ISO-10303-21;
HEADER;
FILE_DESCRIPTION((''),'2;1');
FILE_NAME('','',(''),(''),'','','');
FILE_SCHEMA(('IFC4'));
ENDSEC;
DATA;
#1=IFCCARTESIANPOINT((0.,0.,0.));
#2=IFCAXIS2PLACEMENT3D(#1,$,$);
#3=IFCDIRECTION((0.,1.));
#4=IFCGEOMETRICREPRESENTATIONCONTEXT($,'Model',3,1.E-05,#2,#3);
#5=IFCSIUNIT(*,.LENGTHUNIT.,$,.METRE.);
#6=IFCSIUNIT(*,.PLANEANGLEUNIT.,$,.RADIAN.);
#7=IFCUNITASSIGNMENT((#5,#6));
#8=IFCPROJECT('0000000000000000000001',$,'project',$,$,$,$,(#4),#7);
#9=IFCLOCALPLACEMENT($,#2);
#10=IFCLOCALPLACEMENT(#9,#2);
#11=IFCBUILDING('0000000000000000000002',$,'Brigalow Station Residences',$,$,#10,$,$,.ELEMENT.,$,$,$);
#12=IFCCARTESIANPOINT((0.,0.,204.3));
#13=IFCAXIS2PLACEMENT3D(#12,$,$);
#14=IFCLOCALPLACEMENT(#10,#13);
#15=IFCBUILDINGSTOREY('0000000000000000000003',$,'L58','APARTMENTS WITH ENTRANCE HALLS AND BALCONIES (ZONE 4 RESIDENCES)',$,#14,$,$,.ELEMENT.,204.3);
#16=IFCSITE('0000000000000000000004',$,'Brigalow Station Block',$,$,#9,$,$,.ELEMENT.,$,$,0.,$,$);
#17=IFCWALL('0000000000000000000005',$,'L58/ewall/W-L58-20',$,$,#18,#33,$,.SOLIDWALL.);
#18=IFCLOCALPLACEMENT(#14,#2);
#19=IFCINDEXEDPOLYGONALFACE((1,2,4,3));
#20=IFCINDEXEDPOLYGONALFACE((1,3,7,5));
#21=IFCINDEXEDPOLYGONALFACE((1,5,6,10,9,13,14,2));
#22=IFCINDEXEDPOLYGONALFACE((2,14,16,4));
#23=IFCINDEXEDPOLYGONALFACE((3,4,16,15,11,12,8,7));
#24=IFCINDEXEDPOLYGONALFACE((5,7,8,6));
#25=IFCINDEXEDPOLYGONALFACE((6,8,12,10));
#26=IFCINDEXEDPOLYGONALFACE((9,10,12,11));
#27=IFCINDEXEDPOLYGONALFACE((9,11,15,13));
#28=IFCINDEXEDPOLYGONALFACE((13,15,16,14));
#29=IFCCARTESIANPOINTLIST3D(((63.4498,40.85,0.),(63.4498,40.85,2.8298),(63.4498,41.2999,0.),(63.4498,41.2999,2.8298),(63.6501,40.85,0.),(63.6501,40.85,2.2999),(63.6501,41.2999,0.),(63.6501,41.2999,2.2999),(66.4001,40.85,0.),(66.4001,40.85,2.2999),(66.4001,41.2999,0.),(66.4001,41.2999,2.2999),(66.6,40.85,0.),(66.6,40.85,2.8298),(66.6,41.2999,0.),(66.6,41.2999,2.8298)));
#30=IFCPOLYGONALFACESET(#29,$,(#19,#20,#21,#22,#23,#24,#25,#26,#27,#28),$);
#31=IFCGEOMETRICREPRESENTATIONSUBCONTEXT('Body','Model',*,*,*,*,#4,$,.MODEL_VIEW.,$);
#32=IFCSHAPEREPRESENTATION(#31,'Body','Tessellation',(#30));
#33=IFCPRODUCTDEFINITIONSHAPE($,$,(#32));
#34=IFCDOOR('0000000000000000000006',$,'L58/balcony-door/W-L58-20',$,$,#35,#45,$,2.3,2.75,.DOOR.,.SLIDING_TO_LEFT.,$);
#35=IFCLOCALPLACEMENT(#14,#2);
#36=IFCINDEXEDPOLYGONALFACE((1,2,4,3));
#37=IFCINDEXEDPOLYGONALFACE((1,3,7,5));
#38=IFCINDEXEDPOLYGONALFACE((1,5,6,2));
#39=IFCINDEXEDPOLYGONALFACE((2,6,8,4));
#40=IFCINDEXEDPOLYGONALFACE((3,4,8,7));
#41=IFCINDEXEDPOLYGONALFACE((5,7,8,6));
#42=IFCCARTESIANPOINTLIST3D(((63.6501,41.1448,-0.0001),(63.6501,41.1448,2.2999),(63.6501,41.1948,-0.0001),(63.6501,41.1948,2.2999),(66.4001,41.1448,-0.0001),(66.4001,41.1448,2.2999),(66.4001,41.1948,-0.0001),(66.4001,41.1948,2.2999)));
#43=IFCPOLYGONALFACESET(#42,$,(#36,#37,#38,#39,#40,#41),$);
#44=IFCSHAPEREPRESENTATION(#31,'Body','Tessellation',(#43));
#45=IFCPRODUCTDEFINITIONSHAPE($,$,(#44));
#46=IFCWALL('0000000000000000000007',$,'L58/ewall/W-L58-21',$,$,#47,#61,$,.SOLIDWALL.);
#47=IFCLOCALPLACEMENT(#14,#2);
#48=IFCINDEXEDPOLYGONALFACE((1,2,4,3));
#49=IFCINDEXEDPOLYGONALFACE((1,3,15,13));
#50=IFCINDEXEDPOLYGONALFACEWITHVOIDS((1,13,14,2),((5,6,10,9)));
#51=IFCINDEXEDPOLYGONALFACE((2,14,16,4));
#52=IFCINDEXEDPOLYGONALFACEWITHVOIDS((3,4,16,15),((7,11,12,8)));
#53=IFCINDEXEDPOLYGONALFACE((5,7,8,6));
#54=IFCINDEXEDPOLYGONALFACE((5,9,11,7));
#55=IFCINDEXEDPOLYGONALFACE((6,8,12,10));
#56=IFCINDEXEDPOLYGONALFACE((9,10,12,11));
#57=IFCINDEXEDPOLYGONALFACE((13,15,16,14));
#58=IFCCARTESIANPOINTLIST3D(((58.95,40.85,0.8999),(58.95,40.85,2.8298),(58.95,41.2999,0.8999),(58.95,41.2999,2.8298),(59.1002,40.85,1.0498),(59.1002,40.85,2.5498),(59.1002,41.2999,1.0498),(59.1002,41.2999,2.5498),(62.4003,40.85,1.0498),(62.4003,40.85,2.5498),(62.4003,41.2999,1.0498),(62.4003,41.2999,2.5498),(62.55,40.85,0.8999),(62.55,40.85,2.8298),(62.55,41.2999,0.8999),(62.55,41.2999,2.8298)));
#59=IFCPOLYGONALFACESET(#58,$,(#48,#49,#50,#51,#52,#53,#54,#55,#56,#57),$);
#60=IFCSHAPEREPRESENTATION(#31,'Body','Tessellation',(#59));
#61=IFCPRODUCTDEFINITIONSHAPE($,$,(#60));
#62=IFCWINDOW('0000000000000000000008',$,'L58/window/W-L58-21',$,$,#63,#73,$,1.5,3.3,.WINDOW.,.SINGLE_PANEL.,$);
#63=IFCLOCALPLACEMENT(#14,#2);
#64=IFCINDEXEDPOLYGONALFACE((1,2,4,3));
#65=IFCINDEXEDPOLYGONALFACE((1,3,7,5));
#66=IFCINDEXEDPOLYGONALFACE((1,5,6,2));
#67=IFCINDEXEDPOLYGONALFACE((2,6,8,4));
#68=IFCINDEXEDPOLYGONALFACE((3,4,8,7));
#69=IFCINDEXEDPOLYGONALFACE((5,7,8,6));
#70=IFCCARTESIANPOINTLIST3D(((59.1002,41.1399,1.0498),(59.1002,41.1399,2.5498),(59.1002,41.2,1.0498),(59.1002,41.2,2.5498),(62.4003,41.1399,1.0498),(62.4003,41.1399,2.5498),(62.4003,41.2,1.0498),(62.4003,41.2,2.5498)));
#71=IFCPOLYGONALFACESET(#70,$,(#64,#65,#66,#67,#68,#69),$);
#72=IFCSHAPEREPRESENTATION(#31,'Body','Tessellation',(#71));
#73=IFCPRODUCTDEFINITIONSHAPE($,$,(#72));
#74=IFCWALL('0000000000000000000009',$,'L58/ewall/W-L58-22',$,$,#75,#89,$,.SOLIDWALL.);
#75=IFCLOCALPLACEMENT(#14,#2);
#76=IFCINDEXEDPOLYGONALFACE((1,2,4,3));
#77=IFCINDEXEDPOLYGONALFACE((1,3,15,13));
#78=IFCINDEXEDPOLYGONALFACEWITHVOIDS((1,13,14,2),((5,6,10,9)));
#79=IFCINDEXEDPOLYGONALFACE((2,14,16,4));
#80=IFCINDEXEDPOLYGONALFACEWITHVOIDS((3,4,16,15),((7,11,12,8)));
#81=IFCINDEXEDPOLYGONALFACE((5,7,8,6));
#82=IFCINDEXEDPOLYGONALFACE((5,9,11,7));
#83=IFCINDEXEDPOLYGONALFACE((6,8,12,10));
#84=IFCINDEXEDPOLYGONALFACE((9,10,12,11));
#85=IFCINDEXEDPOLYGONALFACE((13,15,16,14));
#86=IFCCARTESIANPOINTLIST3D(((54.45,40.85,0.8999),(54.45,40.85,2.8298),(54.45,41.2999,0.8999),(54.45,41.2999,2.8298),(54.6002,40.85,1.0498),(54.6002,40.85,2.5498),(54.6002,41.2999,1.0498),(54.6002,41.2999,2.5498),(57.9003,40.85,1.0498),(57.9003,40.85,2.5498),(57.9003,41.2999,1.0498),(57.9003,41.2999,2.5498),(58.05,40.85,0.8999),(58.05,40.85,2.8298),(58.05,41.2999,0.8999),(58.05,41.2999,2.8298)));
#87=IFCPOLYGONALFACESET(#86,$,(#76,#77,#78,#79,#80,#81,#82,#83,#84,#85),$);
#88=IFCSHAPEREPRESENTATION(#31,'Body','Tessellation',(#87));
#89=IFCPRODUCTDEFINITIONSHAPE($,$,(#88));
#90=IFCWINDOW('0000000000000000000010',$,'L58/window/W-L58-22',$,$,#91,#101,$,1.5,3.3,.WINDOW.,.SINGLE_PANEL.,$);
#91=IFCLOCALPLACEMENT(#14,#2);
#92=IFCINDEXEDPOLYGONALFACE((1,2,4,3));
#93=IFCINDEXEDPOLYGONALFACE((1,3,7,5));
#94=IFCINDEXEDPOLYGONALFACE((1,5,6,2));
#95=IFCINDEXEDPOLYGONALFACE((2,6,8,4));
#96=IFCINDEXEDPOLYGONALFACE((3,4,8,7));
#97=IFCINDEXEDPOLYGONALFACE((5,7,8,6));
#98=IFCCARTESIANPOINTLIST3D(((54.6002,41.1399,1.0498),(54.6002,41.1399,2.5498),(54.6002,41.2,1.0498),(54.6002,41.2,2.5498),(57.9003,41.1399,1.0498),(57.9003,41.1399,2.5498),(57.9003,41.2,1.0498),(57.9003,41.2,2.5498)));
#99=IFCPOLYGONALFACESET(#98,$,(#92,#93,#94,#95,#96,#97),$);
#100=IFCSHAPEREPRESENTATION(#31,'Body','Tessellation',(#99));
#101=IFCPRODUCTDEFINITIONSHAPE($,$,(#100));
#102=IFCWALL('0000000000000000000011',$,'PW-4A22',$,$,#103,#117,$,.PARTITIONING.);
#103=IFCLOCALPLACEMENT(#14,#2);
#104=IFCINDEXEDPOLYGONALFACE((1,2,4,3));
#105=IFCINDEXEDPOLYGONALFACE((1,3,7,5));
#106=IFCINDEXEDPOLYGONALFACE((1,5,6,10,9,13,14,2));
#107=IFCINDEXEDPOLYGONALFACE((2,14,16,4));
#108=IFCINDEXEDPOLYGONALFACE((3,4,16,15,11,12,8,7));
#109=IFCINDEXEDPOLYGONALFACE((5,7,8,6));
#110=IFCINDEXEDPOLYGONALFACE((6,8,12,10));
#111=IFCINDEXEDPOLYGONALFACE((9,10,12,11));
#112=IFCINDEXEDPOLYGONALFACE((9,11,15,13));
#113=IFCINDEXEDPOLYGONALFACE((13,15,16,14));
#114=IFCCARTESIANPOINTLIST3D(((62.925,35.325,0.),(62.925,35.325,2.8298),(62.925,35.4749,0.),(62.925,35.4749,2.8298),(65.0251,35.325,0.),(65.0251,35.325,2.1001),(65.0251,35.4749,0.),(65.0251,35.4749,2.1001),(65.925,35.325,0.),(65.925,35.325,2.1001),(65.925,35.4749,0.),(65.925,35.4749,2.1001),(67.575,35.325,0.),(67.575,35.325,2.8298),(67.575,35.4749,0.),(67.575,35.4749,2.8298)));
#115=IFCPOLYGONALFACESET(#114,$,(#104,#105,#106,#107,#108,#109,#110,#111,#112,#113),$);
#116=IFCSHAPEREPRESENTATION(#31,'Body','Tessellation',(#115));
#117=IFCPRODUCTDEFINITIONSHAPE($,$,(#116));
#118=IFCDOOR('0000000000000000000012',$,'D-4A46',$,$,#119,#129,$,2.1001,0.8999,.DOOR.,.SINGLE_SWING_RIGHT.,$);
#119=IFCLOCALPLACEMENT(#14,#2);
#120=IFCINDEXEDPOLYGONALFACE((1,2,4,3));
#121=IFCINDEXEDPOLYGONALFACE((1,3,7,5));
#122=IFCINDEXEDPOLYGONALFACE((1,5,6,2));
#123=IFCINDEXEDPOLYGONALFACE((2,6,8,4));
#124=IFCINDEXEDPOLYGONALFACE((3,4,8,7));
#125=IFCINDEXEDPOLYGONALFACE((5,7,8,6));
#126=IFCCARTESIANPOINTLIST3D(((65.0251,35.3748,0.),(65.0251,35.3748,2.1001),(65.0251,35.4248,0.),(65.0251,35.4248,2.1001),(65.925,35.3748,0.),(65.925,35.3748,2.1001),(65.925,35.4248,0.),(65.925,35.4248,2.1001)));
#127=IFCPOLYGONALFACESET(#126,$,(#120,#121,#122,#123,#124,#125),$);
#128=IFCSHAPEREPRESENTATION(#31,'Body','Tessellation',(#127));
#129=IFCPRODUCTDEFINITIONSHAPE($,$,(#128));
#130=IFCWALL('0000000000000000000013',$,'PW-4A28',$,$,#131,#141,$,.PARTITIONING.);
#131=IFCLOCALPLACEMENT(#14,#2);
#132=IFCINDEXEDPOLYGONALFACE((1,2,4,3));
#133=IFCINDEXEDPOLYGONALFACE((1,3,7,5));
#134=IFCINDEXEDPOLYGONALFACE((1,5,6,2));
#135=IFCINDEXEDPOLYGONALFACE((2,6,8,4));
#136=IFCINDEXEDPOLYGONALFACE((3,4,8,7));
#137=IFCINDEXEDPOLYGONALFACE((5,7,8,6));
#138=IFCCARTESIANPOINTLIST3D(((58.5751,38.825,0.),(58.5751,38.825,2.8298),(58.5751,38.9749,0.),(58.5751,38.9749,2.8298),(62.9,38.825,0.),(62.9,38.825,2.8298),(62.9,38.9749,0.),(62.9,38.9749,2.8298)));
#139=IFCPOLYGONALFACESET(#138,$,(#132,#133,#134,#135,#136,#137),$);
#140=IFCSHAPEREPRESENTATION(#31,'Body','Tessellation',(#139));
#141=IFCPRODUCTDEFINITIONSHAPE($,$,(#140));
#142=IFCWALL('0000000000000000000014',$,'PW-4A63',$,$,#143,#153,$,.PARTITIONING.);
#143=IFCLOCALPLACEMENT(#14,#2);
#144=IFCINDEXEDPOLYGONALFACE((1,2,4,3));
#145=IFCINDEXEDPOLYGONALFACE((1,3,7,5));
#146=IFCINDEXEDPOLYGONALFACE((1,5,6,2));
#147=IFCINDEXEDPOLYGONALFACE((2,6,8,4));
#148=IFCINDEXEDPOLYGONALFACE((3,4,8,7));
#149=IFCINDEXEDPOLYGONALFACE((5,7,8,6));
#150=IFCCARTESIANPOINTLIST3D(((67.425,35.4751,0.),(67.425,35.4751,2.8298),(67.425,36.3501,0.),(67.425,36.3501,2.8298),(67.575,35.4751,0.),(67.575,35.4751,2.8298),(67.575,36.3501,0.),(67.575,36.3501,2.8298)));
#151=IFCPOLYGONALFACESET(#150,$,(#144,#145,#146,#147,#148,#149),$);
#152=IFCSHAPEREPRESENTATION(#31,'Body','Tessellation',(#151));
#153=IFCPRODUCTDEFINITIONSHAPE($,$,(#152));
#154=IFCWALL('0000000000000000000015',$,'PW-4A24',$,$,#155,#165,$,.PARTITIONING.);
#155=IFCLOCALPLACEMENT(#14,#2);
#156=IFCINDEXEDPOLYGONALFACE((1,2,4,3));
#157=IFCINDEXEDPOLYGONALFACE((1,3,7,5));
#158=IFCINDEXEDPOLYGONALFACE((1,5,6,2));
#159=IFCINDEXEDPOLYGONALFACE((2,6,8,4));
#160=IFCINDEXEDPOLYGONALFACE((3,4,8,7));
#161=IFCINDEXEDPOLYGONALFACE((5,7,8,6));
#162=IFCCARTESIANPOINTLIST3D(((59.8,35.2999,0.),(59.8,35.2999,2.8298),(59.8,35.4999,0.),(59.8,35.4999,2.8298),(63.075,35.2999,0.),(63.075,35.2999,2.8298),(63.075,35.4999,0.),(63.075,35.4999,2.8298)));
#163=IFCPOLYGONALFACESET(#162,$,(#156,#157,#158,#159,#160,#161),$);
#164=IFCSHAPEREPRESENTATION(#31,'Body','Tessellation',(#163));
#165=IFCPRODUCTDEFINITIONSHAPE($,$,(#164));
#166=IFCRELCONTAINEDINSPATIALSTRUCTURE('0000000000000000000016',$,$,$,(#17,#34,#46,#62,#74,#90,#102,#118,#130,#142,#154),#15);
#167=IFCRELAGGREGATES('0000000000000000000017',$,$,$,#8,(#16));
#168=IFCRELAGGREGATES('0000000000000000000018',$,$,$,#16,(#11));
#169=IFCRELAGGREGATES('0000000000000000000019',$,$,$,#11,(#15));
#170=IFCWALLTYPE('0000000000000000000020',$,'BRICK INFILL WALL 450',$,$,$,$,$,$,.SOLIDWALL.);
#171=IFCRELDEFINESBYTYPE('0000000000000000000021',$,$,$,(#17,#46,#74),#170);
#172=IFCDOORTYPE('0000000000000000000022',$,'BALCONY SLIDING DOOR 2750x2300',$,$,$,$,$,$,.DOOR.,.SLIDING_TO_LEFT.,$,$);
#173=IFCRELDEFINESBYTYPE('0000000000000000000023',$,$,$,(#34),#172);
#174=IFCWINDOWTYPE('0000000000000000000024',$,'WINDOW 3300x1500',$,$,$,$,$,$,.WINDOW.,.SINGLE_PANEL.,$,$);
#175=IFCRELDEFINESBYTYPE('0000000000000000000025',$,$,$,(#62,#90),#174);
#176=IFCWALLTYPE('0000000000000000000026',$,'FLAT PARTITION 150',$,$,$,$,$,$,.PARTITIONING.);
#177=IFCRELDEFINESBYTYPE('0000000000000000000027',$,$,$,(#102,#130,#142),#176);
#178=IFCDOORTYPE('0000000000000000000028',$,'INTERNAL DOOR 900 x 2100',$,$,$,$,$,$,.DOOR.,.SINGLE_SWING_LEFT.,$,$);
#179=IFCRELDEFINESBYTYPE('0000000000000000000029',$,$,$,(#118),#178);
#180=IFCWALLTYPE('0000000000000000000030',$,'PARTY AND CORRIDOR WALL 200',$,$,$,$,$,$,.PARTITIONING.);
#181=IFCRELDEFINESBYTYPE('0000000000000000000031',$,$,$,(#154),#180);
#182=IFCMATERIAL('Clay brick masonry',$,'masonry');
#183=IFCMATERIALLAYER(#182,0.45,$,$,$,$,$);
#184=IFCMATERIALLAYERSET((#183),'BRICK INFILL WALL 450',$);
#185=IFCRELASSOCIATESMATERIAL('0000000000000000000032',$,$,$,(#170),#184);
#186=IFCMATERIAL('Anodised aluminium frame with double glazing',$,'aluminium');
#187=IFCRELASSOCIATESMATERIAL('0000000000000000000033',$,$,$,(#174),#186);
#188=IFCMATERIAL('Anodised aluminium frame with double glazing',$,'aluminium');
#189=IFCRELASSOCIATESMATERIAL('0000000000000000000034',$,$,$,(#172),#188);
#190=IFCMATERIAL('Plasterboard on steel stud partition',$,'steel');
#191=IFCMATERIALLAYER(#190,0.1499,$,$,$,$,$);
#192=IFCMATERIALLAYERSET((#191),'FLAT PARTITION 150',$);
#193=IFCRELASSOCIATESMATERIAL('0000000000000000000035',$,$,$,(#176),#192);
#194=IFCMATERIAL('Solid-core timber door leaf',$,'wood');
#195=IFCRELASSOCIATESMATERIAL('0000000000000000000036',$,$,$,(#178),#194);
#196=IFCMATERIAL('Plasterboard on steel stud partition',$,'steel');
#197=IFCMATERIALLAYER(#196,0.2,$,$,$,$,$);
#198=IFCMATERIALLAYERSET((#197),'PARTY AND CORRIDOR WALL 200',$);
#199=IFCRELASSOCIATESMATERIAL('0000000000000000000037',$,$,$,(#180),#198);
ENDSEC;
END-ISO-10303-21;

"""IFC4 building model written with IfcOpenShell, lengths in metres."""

from ifc_helpers import new_model, si_unit, direction, frame, frame_2d, origin, place, context, subcontext, project, spatial, rectangle, extrude, material, layer, layer_set, type_object, element, fill, save


model = new_model("IFC4")

# Units and contexts
model_context = context("Model", 3, precision=1e-05, world=origin(), true_north=direction((0.0, 1.0)))
body_context = subcontext(model_context, "Body", "Model", "MODEL_VIEW")
ifc_project = project(units=[si_unit("LENGTHUNIT", "METRE"), si_unit("PLANEANGLEUNIT", "RADIAN")], contexts=[model_context])

# Site, building, storey
site_placement = place(None, origin())
site = spatial("IfcSite", under=ifc_project, at=site_placement, Name="Brigalow Station Block", CompositionType="ELEMENT", RefElevation=0.0)
building_placement = place(site_placement, origin())
building = spatial("IfcBuilding", under=site, at=building_placement, Name="Brigalow Station Residences", CompositionType="ELEMENT")
storey_placement = place(building_placement, frame((0.0, 0.0, 204.3)))
storey = spatial("IfcBuildingStorey", under=building, at=storey_placement, Name="L58", Description="APARTMENTS WITH ENTRANCE HALLS AND BALCONIES (ZONE 4 RESIDENCES)", CompositionType="ELEMENT", Elevation=204.3)

# Shared definitions
ifc_material_1 = material(Name="Clay brick masonry", Category="masonry")
ifc_layer_1 = layer(ifc_material_1, 0.45)
ifc_layer_set_1 = layer_set([ifc_layer_1], Name="BRICK INFILL WALL 450")
wall_type_1 = type_object("IfcWallType", Name="BRICK INFILL WALL 450", PredefinedType="SOLIDWALL", material=ifc_layer_set_1)
ifc_material_2 = material(Name="Anodised aluminium frame with double glazing", Category="aluminium")
window_type_1 = type_object("IfcWindowType", Name="WINDOW 3300x1500", PartitioningType="SINGLE_PANEL", PredefinedType="WINDOW", material=ifc_material_2)

# Wall, opening, door
wall_1_placement = place(storey_placement, frame((66.6001, 41.075, 0.0), z_axis=(0.0, 0.0, 1.0), x_axis=(-1.0, 0.0, 0.0)))
wall_1 = element("IfcWall", 1, at=wall_1_placement, inside=storey, type_object=wall_type_1, Name="L58/ewall/W-L58-20", PredefinedType="SOLIDWALL", context=body_context, shape_type="SweptSolid", body=[
    extrude(rectangle(XDim=3.1501, YDim=0.45, at=frame_2d((1.5752, 0.0))), origin(), (0.0, 0.0, 1.0), 2.8298),
])
opening_1_placement = place(wall_1_placement, frame((0.2, 0.0, 0.0)))
opening_1 = element("IfcOpeningElement", 2, at=opening_1_placement, cuts=wall_1, PredefinedType="OPENING", context=body_context, shape_type="SweptSolid", body=[
    extrude(rectangle(XDim=2.75, YDim=2.3, at=frame_2d((1.375, 1.1499))), frame((0.0, 0.2349, 0.0), z_axis=(0.0, -1.0, 0.0), x_axis=(1.0, 0.0, 0.0)), (0.0, 0.0, 1.0), 0.47),
])
ifc_material_3 = material(Name="Anodised aluminium frame with double glazing", Category="aluminium")
door_type_1 = type_object("IfcDoorType", Name="BALCONY SLIDING DOOR 2750x2300", OperationType="SLIDING_TO_LEFT", PredefinedType="DOOR", material=ifc_material_3)
door_1_placement = place(opening_1_placement, origin())
door_1 = element("IfcDoor", 3, at=door_1_placement, inside=storey, type_object=door_type_1, Name="L58/balcony-door/W-L58-20", OperationType="SLIDING_TO_LEFT", OverallHeight=2.3, OverallWidth=2.75, PredefinedType="DOOR", context=body_context, shape_type="SweptSolid", body=[
    extrude(rectangle(XDim=2.75, YDim=2.3, at=frame_2d((1.375, 1.1499))), frame((0.0, -0.0698, 0.0), z_axis=(0.0, -1.0, 0.0), x_axis=(1.0, 0.0, 0.0)), (0.0, 0.0, 1.0), 0.05),
])
fill(opening_1, door_1)

# Walls, openings, windows
wall_2_placement = place(storey_placement, frame((62.55, 41.075, 0.8999), z_axis=(0.0, 0.0, 1.0), x_axis=(-1.0, 0.0, 0.0)))
wall_2 = element("IfcWall", 4, at=wall_2_placement, inside=storey, type_object=wall_type_1, Name="L58/ewall/W-L58-21", PredefinedType="SOLIDWALL", context=body_context, shape_type="SweptSolid", body=[
    extrude(rectangle(XDim=3.6001, YDim=0.45, at=frame_2d((1.8, 0.0))), origin(), (0.0, 0.0, 1.0), 1.9299),
])
opening_2_placement = place(wall_2_placement, frame((0.1499, 0.0, 0.1499)))
opening_2 = element("IfcOpeningElement", 5, at=opening_2_placement, cuts=wall_2, PredefinedType="OPENING", context=body_context, shape_type="SweptSolid", body=[
    extrude(rectangle(XDim=3.3, YDim=1.5, at=frame_2d((1.6499, 0.75))), frame((0.0, 0.2349, 0.0), z_axis=(0.0, -1.0, 0.0), x_axis=(1.0, 0.0, 0.0)), (0.0, 0.0, 1.0), 0.47),
])
window_1_placement = place(opening_2_placement, origin())
window_1 = element("IfcWindow", 6, at=window_1_placement, inside=storey, type_object=window_type_1, Name="L58/window/W-L58-21", OverallHeight=1.5, OverallWidth=3.3, PartitioningType="SINGLE_PANEL", PredefinedType="WINDOW", context=body_context, shape_type="SweptSolid", body=[
    extrude(rectangle(XDim=3.3, YDim=1.5, at=frame_2d((1.6499, 0.75))), frame((0.0, -0.0649, 0.0), z_axis=(0.0, -1.0, 0.0), x_axis=(1.0, 0.0, 0.0)), (0.0, 0.0, 1.0), 0.0601),
])
fill(opening_2, window_1)
wall_3_placement = place(storey_placement, frame((58.05, 41.075, 0.8999), z_axis=(0.0, 0.0, 1.0), x_axis=(-1.0, 0.0, 0.0)))
wall_3 = element("IfcWall", 7, at=wall_3_placement, inside=storey, type_object=wall_type_1, Name="L58/ewall/W-L58-22", PredefinedType="SOLIDWALL", context=body_context, shape_type="SweptSolid", body=[
    extrude(rectangle(XDim=3.6001, YDim=0.45, at=frame_2d((1.8, 0.0))), origin(), (0.0, 0.0, 1.0), 1.9299),
])
opening_3_placement = place(wall_3_placement, frame((0.1499, 0.0, 0.1499)))
opening_3 = element("IfcOpeningElement", 8, at=opening_3_placement, cuts=wall_3, PredefinedType="OPENING", context=body_context, shape_type="SweptSolid", body=[
    extrude(rectangle(XDim=3.3, YDim=1.5, at=frame_2d((1.6499, 0.75))), frame((0.0, 0.2349, 0.0), z_axis=(0.0, -1.0, 0.0), x_axis=(1.0, 0.0, 0.0)), (0.0, 0.0, 1.0), 0.47),
])
window_2_placement = place(opening_3_placement, origin())
window_2 = element("IfcWindow", 9, at=window_2_placement, inside=storey, type_object=window_type_1, Name="L58/window/W-L58-22", OverallHeight=1.5, OverallWidth=3.3, PartitioningType="SINGLE_PANEL", PredefinedType="WINDOW", context=body_context, shape_type="SweptSolid", body=[
    extrude(rectangle(XDim=3.3, YDim=1.5, at=frame_2d((1.6499, 0.75))), frame((0.0, -0.0649, 0.0), z_axis=(0.0, -1.0, 0.0), x_axis=(1.0, 0.0, 0.0)), (0.0, 0.0, 1.0), 0.0601),
])
fill(opening_3, window_2)

# Wall, opening, door
ifc_material_4 = material(Name="Plasterboard on steel stud partition", Category="steel")
ifc_layer_2 = layer(ifc_material_4, 0.1499)
ifc_layer_set_2 = layer_set([ifc_layer_2], Name="FLAT PARTITION 150")
wall_type_2 = type_object("IfcWallType", Name="FLAT PARTITION 150", PredefinedType="PARTITIONING", material=ifc_layer_set_2)
wall_4_placement = place(storey_placement, frame((62.925, 35.3999, 0.0), z_axis=(0.0, 0.0, 1.0), x_axis=(1.0, 0.0, 0.0)))
wall_4 = element("IfcWall", 10, at=wall_4_placement, inside=storey, type_object=wall_type_2, Name="PW-4A22", PredefinedType="PARTITIONING", context=body_context, shape_type="SweptSolid", body=[
    extrude(rectangle(XDim=4.6499, YDim=0.1499, at=frame_2d((2.325, 0.0))), origin(), (0.0, 0.0, 1.0), 2.8298),
])
opening_4_placement = place(wall_4_placement, frame((2.1001, 0.0, 0.0)))
opening_4 = element("IfcOpeningElement", 11, at=opening_4_placement, cuts=wall_4, PredefinedType="OPENING", context=body_context, shape_type="SweptSolid", body=[
    extrude(rectangle(XDim=0.8999, YDim=2.1001, at=frame_2d((0.45, 1.05))), frame((0.0, 0.085, 0.0), z_axis=(0.0, -1.0, 0.0), x_axis=(1.0, 0.0, 0.0)), (0.0, 0.0, 1.0), 0.1699),
])
ifc_material_5 = material(Name="Solid-core timber door leaf", Category="wood")
door_type_2 = type_object("IfcDoorType", Name="INTERNAL DOOR 900 x 2100", OperationType="SINGLE_SWING_LEFT", PredefinedType="DOOR", material=ifc_material_5)
door_2_placement = place(opening_4_placement, origin())
door_2 = element("IfcDoor", 12, at=door_2_placement, inside=storey, type_object=door_type_2, Name="D-4A46", OperationType="SINGLE_SWING_RIGHT", OverallHeight=2.1001, OverallWidth=0.8999, PredefinedType="DOOR", context=body_context, shape_type="SweptSolid", body=[
    extrude(rectangle(XDim=0.8999, YDim=2.1001, at=frame_2d((0.45, 1.05))), frame((0.0, 0.0249, 0.0), z_axis=(0.0, -1.0, 0.0), x_axis=(1.0, 0.0, 0.0)), (0.0, 0.0, 1.0), 0.05),
])
fill(opening_4, door_2)

# Walls
wall_5_placement = place(storey_placement, frame((58.575, 38.8999, 0.0), z_axis=(0.0, 0.0, 1.0), x_axis=(1.0, 0.0, 0.0)))
element("IfcWall", 13, at=wall_5_placement, inside=storey, type_object=wall_type_2, Name="PW-4A28", PredefinedType="PARTITIONING", context=body_context, shape_type="SweptSolid", body=[
    extrude(rectangle(XDim=4.325, YDim=0.1499, at=frame_2d((2.1626, 0.0))), origin(), (0.0, 0.0, 1.0), 2.8298),
])
wall_6_placement = place(storey_placement, frame((67.5, 35.4751, 0.0), z_axis=(0.0, 0.0, 1.0), x_axis=(0.0, 1.0, 0.0)))
element("IfcWall", 14, at=wall_6_placement, inside=storey, type_object=wall_type_2, Name="PW-4A63", PredefinedType="PARTITIONING", context=body_context, shape_type="SweptSolid", body=[
    extrude(rectangle(XDim=0.875, YDim=0.1499, at=frame_2d((0.4375, 0.0))), origin(), (0.0, 0.0, 1.0), 2.8298),
])
ifc_material_6 = material(Name="Plasterboard on steel stud partition", Category="steel")
ifc_layer_3 = layer(ifc_material_6, 0.2)
ifc_layer_set_3 = layer_set([ifc_layer_3], Name="PARTY AND CORRIDOR WALL 200")
wall_type_3 = type_object("IfcWallType", Name="PARTY AND CORRIDOR WALL 200", PredefinedType="PARTITIONING", material=ifc_layer_set_3)
wall_7_placement = place(storey_placement, frame((59.8, 35.3999, 0.0), z_axis=(0.0, 0.0, 1.0), x_axis=(1.0, 0.0, 0.0)))
element("IfcWall", 15, at=wall_7_placement, inside=storey, type_object=wall_type_3, Name="PW-4A24", PredefinedType="PARTITIONING", context=body_context, shape_type="SweptSolid", body=[
    extrude(rectangle(XDim=3.2749, YDim=0.2, at=frame_2d((1.6375, 0.0))), origin(), (0.0, 0.0, 1.0), 2.8298),
])

save(model, "model.ifc")
